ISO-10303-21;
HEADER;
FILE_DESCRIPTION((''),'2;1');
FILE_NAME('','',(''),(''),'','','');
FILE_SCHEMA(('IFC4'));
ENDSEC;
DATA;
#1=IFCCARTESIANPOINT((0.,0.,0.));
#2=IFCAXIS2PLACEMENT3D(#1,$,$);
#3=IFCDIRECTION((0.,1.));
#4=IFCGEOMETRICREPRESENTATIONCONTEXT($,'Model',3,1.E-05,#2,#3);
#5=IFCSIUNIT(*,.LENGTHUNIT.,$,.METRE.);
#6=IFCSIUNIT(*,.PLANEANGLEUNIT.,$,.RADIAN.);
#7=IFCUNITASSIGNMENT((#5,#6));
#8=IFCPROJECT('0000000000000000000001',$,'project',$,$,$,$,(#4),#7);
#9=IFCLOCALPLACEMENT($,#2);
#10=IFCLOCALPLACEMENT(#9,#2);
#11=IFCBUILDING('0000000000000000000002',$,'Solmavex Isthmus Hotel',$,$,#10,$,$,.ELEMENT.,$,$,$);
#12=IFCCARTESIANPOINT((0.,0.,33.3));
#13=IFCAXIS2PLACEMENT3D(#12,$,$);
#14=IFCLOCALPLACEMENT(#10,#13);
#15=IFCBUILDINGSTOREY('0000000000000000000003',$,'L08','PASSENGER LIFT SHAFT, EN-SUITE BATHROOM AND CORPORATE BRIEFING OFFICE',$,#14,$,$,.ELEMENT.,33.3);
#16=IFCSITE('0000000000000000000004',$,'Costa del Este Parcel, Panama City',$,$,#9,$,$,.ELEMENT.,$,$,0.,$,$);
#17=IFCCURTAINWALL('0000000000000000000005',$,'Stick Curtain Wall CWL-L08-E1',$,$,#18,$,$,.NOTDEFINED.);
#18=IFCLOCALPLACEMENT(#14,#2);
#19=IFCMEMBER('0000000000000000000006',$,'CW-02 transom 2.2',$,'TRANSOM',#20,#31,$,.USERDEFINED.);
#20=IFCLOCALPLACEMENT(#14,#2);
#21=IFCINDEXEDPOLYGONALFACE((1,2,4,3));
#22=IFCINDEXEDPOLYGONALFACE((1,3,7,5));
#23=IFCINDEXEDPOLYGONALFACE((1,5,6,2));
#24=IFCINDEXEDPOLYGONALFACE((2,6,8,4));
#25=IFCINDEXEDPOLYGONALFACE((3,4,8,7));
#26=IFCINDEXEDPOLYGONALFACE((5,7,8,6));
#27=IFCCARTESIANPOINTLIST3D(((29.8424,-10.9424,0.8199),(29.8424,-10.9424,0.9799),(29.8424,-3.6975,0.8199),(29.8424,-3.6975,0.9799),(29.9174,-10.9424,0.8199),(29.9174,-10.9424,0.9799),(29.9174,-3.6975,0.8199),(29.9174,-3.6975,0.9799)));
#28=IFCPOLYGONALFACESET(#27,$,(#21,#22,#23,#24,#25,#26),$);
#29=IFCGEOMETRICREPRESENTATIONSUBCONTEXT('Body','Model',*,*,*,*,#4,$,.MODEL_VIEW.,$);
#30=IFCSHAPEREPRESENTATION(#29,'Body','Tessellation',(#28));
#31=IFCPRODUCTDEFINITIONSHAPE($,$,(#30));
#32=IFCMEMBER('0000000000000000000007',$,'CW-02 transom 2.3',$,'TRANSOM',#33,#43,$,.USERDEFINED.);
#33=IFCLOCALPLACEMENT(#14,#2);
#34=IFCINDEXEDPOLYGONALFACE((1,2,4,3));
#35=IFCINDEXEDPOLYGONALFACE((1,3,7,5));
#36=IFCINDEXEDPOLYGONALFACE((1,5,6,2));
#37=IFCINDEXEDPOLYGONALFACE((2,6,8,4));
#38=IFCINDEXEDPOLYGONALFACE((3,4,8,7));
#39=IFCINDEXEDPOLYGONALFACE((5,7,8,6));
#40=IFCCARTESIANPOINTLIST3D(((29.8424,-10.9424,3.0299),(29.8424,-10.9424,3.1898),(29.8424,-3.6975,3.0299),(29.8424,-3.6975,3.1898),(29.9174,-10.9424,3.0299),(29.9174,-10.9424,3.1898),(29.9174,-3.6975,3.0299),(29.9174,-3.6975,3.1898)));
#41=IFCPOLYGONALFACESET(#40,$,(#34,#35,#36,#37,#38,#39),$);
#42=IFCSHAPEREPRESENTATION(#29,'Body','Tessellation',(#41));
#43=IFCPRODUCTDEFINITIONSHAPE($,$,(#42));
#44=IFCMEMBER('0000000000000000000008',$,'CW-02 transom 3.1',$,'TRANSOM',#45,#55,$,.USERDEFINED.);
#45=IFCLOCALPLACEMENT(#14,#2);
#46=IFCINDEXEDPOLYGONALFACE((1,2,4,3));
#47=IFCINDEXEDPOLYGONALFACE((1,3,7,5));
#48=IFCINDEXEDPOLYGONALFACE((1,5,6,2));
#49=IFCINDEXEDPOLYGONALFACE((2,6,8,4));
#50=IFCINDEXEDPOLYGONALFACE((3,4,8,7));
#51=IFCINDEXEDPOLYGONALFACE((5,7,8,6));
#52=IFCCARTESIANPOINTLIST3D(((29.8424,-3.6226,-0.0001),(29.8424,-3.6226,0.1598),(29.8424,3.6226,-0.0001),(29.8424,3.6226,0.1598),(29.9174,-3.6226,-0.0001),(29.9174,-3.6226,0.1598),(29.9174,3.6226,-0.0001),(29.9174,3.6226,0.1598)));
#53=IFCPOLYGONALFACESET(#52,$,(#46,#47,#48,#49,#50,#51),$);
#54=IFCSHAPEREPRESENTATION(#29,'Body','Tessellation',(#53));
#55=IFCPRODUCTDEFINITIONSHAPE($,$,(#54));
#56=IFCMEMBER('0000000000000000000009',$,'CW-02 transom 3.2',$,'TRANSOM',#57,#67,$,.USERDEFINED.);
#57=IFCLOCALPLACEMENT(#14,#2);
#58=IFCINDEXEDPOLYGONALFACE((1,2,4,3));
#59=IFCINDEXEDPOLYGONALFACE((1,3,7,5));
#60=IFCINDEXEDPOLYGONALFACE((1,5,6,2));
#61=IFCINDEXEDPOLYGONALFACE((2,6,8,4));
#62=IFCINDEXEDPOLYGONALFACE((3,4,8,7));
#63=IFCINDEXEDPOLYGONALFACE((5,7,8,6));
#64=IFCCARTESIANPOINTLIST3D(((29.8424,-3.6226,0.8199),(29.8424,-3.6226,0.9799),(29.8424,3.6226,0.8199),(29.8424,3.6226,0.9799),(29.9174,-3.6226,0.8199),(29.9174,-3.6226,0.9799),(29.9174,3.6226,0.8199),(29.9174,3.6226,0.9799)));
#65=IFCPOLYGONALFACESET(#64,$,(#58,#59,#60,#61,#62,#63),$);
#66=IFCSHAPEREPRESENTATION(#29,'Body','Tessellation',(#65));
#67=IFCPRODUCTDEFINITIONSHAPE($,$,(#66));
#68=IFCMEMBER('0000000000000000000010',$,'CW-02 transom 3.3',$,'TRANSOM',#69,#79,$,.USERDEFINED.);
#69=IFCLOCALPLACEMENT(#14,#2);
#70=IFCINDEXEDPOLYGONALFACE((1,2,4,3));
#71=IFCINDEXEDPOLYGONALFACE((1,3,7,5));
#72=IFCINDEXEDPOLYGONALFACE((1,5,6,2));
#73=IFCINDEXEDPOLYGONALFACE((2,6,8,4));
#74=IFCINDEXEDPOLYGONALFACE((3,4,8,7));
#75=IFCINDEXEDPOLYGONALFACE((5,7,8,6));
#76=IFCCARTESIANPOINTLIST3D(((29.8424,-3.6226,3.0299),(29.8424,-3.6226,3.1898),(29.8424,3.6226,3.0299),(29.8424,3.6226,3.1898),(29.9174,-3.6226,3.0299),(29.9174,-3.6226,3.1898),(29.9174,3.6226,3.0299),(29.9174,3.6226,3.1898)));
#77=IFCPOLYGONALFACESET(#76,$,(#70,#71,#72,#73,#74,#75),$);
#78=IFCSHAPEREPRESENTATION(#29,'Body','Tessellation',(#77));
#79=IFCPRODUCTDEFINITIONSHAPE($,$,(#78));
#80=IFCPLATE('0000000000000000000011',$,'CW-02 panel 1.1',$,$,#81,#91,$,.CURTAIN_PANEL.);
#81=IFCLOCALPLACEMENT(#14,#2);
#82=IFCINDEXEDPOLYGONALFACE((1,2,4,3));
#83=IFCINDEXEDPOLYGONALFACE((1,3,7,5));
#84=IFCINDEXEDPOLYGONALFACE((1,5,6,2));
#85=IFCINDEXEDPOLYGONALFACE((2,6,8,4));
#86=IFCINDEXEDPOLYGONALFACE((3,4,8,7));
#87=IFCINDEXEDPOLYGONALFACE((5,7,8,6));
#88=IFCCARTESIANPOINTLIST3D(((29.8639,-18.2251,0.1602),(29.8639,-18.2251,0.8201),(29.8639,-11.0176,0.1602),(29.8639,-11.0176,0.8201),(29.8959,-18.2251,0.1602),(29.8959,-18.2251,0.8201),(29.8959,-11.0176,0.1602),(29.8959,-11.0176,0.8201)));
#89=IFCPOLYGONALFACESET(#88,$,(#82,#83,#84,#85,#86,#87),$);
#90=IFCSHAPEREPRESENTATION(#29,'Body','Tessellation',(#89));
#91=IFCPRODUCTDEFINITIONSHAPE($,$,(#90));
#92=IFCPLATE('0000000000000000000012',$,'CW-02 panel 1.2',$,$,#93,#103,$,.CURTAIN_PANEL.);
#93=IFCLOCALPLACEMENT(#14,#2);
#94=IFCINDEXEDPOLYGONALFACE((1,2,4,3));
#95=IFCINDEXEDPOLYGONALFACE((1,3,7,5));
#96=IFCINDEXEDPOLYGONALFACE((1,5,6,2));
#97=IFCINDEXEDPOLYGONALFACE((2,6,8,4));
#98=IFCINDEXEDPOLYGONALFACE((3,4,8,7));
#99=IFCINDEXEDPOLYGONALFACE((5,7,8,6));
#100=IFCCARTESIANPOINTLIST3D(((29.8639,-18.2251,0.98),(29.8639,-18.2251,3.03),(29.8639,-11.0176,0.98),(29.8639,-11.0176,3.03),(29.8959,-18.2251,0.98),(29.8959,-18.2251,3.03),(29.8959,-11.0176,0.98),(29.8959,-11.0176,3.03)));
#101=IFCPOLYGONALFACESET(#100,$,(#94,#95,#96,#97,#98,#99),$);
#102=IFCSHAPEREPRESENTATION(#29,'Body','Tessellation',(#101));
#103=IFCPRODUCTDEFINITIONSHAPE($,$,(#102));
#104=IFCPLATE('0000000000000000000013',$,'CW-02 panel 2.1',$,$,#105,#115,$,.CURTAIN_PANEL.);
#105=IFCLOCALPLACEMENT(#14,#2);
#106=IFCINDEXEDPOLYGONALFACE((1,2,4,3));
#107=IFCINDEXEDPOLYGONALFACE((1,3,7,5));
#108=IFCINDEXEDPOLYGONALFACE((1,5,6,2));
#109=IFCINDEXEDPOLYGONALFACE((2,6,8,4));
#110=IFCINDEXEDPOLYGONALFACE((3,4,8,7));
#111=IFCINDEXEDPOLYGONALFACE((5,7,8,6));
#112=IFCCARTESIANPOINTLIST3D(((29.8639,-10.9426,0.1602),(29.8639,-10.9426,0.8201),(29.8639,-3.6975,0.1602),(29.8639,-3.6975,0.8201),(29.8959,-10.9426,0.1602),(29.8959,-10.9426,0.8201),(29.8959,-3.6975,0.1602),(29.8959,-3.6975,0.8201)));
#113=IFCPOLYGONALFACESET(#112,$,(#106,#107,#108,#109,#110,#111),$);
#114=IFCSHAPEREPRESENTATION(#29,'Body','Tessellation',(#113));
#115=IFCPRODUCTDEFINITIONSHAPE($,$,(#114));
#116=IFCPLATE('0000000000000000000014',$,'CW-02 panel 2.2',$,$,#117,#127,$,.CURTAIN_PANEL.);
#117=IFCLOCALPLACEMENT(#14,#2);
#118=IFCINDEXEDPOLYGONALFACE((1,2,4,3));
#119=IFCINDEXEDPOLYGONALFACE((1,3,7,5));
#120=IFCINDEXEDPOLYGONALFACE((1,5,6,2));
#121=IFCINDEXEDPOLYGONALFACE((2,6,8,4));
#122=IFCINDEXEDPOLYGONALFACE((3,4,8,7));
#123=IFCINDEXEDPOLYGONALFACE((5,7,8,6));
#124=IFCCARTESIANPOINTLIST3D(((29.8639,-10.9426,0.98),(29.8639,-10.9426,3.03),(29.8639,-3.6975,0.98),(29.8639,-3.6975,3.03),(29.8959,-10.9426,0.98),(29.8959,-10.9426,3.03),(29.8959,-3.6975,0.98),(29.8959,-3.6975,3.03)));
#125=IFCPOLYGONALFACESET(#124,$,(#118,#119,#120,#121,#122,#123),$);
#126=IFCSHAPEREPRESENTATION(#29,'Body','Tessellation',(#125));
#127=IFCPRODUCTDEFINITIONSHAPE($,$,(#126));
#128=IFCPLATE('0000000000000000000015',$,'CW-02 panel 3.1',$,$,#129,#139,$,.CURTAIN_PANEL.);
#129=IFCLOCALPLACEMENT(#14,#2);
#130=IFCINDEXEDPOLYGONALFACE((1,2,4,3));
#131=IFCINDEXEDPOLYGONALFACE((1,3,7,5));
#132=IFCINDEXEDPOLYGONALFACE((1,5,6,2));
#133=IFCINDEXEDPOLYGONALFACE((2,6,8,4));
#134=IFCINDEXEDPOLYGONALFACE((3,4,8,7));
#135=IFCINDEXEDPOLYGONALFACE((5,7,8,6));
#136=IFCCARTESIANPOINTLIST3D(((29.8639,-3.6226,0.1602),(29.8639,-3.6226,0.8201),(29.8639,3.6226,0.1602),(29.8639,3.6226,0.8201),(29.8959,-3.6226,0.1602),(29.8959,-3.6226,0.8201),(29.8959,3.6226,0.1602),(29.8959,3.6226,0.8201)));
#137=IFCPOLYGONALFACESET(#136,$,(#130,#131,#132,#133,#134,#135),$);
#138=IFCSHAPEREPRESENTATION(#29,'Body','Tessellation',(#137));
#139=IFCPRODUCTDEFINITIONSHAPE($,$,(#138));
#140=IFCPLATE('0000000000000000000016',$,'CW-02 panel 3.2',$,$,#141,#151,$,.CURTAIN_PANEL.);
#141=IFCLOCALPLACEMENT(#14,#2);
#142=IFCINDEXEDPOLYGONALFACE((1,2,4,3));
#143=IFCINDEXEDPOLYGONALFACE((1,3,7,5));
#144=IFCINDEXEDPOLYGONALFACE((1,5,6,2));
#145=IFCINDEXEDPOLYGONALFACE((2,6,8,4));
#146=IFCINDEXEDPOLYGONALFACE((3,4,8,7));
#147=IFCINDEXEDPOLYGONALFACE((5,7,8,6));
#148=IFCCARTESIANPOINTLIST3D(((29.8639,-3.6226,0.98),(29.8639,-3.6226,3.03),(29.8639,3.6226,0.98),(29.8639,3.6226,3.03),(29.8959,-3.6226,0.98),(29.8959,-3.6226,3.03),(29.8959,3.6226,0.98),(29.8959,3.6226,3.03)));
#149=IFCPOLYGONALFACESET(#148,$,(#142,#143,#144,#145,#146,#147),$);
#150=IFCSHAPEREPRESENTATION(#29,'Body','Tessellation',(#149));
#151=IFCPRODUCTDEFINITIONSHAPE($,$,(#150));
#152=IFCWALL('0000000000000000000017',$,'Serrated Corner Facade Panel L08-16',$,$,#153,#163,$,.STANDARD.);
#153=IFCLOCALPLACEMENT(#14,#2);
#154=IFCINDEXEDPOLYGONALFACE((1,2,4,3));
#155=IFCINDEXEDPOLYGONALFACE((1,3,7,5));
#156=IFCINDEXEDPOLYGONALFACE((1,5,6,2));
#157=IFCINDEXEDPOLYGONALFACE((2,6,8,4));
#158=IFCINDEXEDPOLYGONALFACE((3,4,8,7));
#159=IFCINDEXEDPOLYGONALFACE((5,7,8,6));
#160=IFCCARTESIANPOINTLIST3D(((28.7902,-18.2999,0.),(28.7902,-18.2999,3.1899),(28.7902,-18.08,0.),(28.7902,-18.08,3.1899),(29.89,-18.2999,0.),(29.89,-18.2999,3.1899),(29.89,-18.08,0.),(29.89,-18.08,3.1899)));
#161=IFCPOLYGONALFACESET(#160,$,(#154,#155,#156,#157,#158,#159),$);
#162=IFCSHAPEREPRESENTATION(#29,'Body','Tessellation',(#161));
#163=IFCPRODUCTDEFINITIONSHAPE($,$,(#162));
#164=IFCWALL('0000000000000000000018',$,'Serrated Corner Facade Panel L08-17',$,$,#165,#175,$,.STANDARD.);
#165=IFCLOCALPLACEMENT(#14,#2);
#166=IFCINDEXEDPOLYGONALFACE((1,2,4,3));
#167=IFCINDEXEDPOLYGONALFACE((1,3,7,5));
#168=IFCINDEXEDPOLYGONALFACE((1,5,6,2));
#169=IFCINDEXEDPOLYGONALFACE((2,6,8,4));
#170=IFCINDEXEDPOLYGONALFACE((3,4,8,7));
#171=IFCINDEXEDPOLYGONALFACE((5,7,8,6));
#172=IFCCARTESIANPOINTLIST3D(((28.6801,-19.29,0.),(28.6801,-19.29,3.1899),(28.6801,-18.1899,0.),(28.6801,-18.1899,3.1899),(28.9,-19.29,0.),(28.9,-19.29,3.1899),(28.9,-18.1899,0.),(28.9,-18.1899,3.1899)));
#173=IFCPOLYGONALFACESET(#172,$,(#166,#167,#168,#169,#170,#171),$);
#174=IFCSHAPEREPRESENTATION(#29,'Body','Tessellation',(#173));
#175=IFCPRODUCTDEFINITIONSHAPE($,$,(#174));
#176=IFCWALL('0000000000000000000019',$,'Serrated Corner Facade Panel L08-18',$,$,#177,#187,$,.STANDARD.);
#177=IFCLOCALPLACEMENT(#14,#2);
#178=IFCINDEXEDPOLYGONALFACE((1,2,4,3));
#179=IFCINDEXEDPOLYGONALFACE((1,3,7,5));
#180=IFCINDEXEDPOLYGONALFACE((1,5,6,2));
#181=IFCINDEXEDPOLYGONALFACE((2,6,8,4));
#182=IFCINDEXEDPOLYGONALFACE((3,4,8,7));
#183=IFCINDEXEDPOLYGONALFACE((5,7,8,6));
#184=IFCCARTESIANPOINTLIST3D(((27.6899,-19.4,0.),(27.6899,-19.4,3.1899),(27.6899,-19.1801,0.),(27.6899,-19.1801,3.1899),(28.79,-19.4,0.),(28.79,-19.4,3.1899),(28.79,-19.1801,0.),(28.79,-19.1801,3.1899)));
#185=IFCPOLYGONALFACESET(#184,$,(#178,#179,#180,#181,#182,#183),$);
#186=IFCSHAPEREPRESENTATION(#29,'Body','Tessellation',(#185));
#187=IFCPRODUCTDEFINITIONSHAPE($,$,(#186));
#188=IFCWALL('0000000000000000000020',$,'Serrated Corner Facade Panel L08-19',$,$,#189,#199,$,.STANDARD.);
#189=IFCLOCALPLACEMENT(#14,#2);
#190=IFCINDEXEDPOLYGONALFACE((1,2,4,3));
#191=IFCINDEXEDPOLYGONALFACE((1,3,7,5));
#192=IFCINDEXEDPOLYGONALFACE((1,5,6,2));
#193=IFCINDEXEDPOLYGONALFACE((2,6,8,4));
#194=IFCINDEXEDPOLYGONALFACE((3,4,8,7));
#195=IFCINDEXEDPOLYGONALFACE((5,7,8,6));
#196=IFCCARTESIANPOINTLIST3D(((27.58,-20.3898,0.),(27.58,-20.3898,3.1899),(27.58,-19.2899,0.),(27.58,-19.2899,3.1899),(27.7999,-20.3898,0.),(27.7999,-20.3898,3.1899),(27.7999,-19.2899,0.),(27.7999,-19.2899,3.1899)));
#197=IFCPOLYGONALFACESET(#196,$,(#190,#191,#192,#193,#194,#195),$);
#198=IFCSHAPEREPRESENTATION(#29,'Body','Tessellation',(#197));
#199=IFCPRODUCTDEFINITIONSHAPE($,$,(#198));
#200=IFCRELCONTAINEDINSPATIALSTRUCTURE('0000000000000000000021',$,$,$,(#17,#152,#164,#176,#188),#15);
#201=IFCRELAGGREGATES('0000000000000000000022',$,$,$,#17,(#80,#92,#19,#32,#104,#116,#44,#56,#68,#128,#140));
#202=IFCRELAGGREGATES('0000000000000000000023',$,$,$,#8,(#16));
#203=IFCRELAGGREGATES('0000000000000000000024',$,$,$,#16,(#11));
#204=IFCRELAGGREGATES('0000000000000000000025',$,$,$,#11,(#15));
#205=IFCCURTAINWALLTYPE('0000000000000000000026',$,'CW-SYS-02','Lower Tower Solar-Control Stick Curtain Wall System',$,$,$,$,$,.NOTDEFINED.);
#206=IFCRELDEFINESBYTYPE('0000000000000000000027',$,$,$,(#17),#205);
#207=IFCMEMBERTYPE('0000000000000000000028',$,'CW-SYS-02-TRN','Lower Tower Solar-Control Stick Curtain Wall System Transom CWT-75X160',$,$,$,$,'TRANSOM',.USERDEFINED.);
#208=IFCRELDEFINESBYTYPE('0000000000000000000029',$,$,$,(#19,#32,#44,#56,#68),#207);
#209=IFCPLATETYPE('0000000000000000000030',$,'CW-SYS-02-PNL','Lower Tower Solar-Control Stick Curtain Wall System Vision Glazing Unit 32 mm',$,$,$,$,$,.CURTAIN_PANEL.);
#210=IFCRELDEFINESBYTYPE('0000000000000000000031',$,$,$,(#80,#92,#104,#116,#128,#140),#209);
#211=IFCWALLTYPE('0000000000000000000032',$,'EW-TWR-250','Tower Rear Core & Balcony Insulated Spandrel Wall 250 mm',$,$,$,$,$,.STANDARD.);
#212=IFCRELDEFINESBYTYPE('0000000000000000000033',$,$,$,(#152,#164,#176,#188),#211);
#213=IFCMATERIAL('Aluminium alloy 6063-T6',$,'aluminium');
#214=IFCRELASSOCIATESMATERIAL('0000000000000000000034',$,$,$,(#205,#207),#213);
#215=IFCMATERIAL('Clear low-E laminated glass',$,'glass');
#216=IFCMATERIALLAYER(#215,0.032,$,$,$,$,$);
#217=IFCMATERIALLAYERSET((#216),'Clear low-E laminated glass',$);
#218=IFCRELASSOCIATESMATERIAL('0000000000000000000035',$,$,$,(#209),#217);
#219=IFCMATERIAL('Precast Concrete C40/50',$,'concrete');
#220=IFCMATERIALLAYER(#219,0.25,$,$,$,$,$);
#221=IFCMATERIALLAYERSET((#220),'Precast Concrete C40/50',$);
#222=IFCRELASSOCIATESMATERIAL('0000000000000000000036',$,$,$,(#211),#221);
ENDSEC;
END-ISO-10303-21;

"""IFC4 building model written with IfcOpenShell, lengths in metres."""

from ifc_helpers import new_model, si_unit, direction, frame, frame_2d, origin, origin_2d, place, context, subcontext, project, spatial, rectangle, extrude, material, layer, layer_set, material_profile, profile_set, type_object, element, aggregate, save


model = new_model("IFC4")

# Units and contexts
model_context = context("Model", 3, precision=1e-05, world=origin(), true_north=direction((0.0, 1.0)))
body_context = subcontext(model_context, "Body", "Model", "MODEL_VIEW")
ifc_project = project(units=[si_unit("LENGTHUNIT", "METRE"), si_unit("PLANEANGLEUNIT", "RADIAN")], contexts=[model_context])

# Site, building, storey
site_placement = place(None, origin())
site = spatial("IfcSite", under=ifc_project, at=site_placement, Name="Costa del Este Parcel, Panama City", CompositionType="ELEMENT", RefElevation=0.0)
building_placement = place(site_placement, origin())
building = spatial("IfcBuilding", under=site, at=building_placement, Name="Solmavex Isthmus Hotel", CompositionType="ELEMENT")
storey_placement = place(building_placement, frame((0.0, 0.0, 33.3)))
storey = spatial("IfcBuildingStorey", under=building, at=storey_placement, Name="L08", Description="PASSENGER LIFT SHAFT, EN-SUITE BATHROOM AND CORPORATE BRIEFING OFFICE", CompositionType="ELEMENT", Elevation=33.3)

# Curtain wall, members, plates
ifc_material_1 = material(Name="Aluminium alloy 6063-T6", Category="aluminium")
curtain_wall_type = type_object("IfcCurtainWallType", Name="CW-SYS-02", Description="Lower Tower Solar-Control Stick Curtain Wall System", PredefinedType="NOTDEFINED", material=ifc_material_1)
curtain_wall_placement = place(storey_placement, origin())
curtain_wall = element("IfcCurtainWall", 1, at=curtain_wall_placement, inside=storey, type_object=curtain_wall_type, Name="Stick Curtain Wall CWL-L08-E1", PredefinedType="NOTDEFINED")
ifc_material_profile_1 = material_profile(ifc_material_1, rectangle(XDim=0.075, YDim=0.1599, at=origin_2d()), Name="CWT-75X160")
ifc_profile_set_1 = profile_set([ifc_material_profile_1], Name="Aluminium alloy 6063-T6")
member_type_1 = type_object("IfcMemberType", Name="CW-SYS-02-TRN", Description="Lower Tower Solar-Control Stick Curtain Wall System Transom CWT-75X160", ElementType="TRANSOM", PredefinedType="USERDEFINED", material=ifc_profile_set_1)
member_1_placement = place(storey_placement, frame((29.8799, -10.9424, 0.8999), z_axis=(0.0, 1.0, 0.0), x_axis=(-1.0, 0.0, 0.0)))
member_1 = element("IfcMember", 2, at=member_1_placement, type_object=member_type_1, Name="CW-02 transom 2.2", ObjectType="TRANSOM", PredefinedType="USERDEFINED", context=body_context, shape_type="SweptSolid", body=[
    extrude(rectangle(XDim=0.075, YDim=0.1599, at=origin_2d()), origin(), (0.0, 0.0, 1.0), 7.2449),
])
member_2_placement = place(storey_placement, frame((29.8799, -10.9424, 3.1099), z_axis=(0.0, 1.0, 0.0), x_axis=(-1.0, 0.0, 0.0)))
member_2 = element("IfcMember", 3, at=member_2_placement, type_object=member_type_1, Name="CW-02 transom 2.3", ObjectType="TRANSOM", PredefinedType="USERDEFINED", context=body_context, shape_type="SweptSolid", body=[
    extrude(rectangle(XDim=0.075, YDim=0.1599, at=origin_2d()), origin(), (0.0, 0.0, 1.0), 7.2449),
])
member_3_placement = place(storey_placement, frame((29.8799, -3.6226, 0.0798), z_axis=(0.0, 1.0, 0.0), x_axis=(-1.0, 0.0, 0.0)))
member_3 = element("IfcMember", 4, at=member_3_placement, type_object=member_type_1, Name="CW-02 transom 3.1", ObjectType="TRANSOM", PredefinedType="USERDEFINED", context=body_context, shape_type="SweptSolid", body=[
    extrude(rectangle(XDim=0.075, YDim=0.1599, at=origin_2d()), origin(), (0.0, 0.0, 1.0), 7.2451),
])
member_4_placement = place(storey_placement, frame((29.8799, -3.6226, 0.8999), z_axis=(0.0, 1.0, 0.0), x_axis=(-1.0, 0.0, 0.0)))
member_4 = element("IfcMember", 5, at=member_4_placement, type_object=member_type_1, Name="CW-02 transom 3.2", ObjectType="TRANSOM", PredefinedType="USERDEFINED", context=body_context, shape_type="SweptSolid", body=[
    extrude(rectangle(XDim=0.075, YDim=0.1599, at=origin_2d()), origin(), (0.0, 0.0, 1.0), 7.2451),
])
member_5_placement = place(storey_placement, frame((29.8799, -3.6226, 3.1099), z_axis=(0.0, 1.0, 0.0), x_axis=(-1.0, 0.0, 0.0)))
member_5 = element("IfcMember", 6, at=member_5_placement, type_object=member_type_1, Name="CW-02 transom 3.3", ObjectType="TRANSOM", PredefinedType="USERDEFINED", context=body_context, shape_type="SweptSolid", body=[
    extrude(rectangle(XDim=0.075, YDim=0.1599, at=origin_2d()), origin(), (0.0, 0.0, 1.0), 7.2451),
])
ifc_material_2 = material(Name="Clear low-E laminated glass", Category="glass")
ifc_layer_1 = layer(ifc_material_2, 0.032)
ifc_layer_set_1 = layer_set([ifc_layer_1], Name="Clear low-E laminated glass")
plate_type = type_object("IfcPlateType", Name="CW-SYS-02-PNL", Description="Lower Tower Solar-Control Stick Curtain Wall System Vision Glazing Unit 32 mm", PredefinedType="CURTAIN_PANEL", material=ifc_layer_set_1)
plate_1_placement = place(storey_placement, frame((29.8799, -14.6213, 0.1602), z_axis=(0.0, 0.0, 1.0), x_axis=(0.0, 1.0, 0.0)))
plate_1 = element("IfcPlate", 7, at=plate_1_placement, type_object=plate_type, Name="CW-02 panel 1.1", PredefinedType="CURTAIN_PANEL", context=body_context, shape_type="SweptSolid", body=[
    extrude(rectangle(XDim=7.2075, YDim=0.032, at=origin_2d()), origin(), (0.0, 0.0, 1.0), 0.6599),
])
plate_2_placement = place(storey_placement, frame((29.8799, -14.6213, 0.98), z_axis=(0.0, 0.0, 1.0), x_axis=(0.0, 1.0, 0.0)))
plate_2 = element("IfcPlate", 8, at=plate_2_placement, type_object=plate_type, Name="CW-02 panel 1.2", PredefinedType="CURTAIN_PANEL", context=body_context, shape_type="SweptSolid", body=[
    extrude(rectangle(XDim=7.2075, YDim=0.032, at=origin_2d()), origin(), (0.0, 0.0, 1.0), 2.05),
])
plate_3_placement = place(storey_placement, frame((29.8799, -7.3201, 0.1602), z_axis=(0.0, 0.0, 1.0), x_axis=(0.0, 1.0, 0.0)))
plate_3 = element("IfcPlate", 9, at=plate_3_placement, type_object=plate_type, Name="CW-02 panel 2.1", PredefinedType="CURTAIN_PANEL", context=body_context, shape_type="SweptSolid", body=[
    extrude(rectangle(XDim=7.2451, YDim=0.032, at=origin_2d()), origin(), (0.0, 0.0, 1.0), 0.6599),
])
plate_4_placement = place(storey_placement, frame((29.8799, -7.3201, 0.98), z_axis=(0.0, 0.0, 1.0), x_axis=(0.0, 1.0, 0.0)))
plate_4 = element("IfcPlate", 10, at=plate_4_placement, type_object=plate_type, Name="CW-02 panel 2.2", PredefinedType="CURTAIN_PANEL", context=body_context, shape_type="SweptSolid", body=[
    extrude(rectangle(XDim=7.2451, YDim=0.032, at=origin_2d()), origin(), (0.0, 0.0, 1.0), 2.05),
])
plate_5_placement = place(storey_placement, frame((29.8799, 0.0, 0.1602), z_axis=(0.0, 0.0, 1.0), x_axis=(0.0, 1.0, 0.0)))
plate_5 = element("IfcPlate", 11, at=plate_5_placement, type_object=plate_type, Name="CW-02 panel 3.1", PredefinedType="CURTAIN_PANEL", context=body_context, shape_type="SweptSolid", body=[
    extrude(rectangle(XDim=7.2451, YDim=0.032, at=origin_2d()), origin(), (0.0, 0.0, 1.0), 0.6599),
])
plate_6_placement = place(storey_placement, frame((29.8799, 0.0, 0.98), z_axis=(0.0, 0.0, 1.0), x_axis=(0.0, 1.0, 0.0)))
plate_6 = element("IfcPlate", 12, at=plate_6_placement, type_object=plate_type, Name="CW-02 panel 3.2", PredefinedType="CURTAIN_PANEL", context=body_context, shape_type="SweptSolid", body=[
    extrude(rectangle(XDim=7.2451, YDim=0.032, at=origin_2d()), origin(), (0.0, 0.0, 1.0), 2.05),
])
aggregate(curtain_wall, [plate_1, plate_2, member_1, member_2, plate_3, plate_4, member_3, member_4, member_5, plate_5, plate_6])

# Walls
ifc_material_3 = material(Name="Precast Concrete C40/50", Category="concrete")
ifc_layer_2 = layer(ifc_material_3, 0.25)
ifc_layer_set_2 = layer_set([ifc_layer_2], Name="Precast Concrete C40/50")
wall_type_1 = type_object("IfcWallType", Name="EW-TWR-250", Description="Tower Rear Core & Balcony Insulated Spandrel Wall 250 mm", PredefinedType="STANDARD", material=ifc_layer_set_2)
wall_1_placement = place(storey_placement, frame((29.8899, -18.1899, 0.0), z_axis=(0.0, 0.0, 1.0), x_axis=(-1.0, 0.0, 0.0)))
element("IfcWall", 13, at=wall_1_placement, inside=storey, type_object=wall_type_1, Name="Serrated Corner Facade Panel L08-16", PredefinedType="STANDARD", context=body_context, shape_type="SweptSolid", body=[
    extrude(rectangle(XDim=1.0999, YDim=0.22, at=frame_2d((0.5498, 0.0))), origin(), (0.0, 0.0, 1.0), 3.1899),
])
for number, where, z_axis, x_axis, name in (
    (14, (28.79, -18.1899, 0.0), (0.0, 0.0, 1.0), (0.0, -1.0, 0.0), "Serrated Corner Facade Panel L08-17"),
    (15, (28.79, -19.29, 0.0), (0.0, 0.0, 1.0), (-1.0, 0.0, 0.0), "Serrated Corner Facade Panel L08-18"),
):
    element("IfcWall", number, at=place(storey_placement, frame(where, z_axis=z_axis, x_axis=x_axis)), inside=storey, type_object=wall_type_1, Name=name, PredefinedType="STANDARD", context=body_context, shape_type="SweptSolid", body=[
        extrude(rectangle(XDim=1.1001, YDim=0.22, at=frame_2d((0.55, 0.0))), origin(), (0.0, 0.0, 1.0), 3.1899),
    ])
wall_2_placement = place(storey_placement, frame((27.6899, -19.29, 0.0), z_axis=(0.0, 0.0, 1.0), x_axis=(0.0, -1.0, 0.0)))
element("IfcWall", 16, at=wall_2_placement, inside=storey, type_object=wall_type_1, Name="Serrated Corner Facade Panel L08-19", PredefinedType="STANDARD", context=body_context, shape_type="SweptSolid", body=[
    extrude(rectangle(XDim=1.0999, YDim=0.22, at=frame_2d((0.5498, 0.0))), origin(), (0.0, 0.0, 1.0), 3.1899),
])

save(model, "model.ifc")
